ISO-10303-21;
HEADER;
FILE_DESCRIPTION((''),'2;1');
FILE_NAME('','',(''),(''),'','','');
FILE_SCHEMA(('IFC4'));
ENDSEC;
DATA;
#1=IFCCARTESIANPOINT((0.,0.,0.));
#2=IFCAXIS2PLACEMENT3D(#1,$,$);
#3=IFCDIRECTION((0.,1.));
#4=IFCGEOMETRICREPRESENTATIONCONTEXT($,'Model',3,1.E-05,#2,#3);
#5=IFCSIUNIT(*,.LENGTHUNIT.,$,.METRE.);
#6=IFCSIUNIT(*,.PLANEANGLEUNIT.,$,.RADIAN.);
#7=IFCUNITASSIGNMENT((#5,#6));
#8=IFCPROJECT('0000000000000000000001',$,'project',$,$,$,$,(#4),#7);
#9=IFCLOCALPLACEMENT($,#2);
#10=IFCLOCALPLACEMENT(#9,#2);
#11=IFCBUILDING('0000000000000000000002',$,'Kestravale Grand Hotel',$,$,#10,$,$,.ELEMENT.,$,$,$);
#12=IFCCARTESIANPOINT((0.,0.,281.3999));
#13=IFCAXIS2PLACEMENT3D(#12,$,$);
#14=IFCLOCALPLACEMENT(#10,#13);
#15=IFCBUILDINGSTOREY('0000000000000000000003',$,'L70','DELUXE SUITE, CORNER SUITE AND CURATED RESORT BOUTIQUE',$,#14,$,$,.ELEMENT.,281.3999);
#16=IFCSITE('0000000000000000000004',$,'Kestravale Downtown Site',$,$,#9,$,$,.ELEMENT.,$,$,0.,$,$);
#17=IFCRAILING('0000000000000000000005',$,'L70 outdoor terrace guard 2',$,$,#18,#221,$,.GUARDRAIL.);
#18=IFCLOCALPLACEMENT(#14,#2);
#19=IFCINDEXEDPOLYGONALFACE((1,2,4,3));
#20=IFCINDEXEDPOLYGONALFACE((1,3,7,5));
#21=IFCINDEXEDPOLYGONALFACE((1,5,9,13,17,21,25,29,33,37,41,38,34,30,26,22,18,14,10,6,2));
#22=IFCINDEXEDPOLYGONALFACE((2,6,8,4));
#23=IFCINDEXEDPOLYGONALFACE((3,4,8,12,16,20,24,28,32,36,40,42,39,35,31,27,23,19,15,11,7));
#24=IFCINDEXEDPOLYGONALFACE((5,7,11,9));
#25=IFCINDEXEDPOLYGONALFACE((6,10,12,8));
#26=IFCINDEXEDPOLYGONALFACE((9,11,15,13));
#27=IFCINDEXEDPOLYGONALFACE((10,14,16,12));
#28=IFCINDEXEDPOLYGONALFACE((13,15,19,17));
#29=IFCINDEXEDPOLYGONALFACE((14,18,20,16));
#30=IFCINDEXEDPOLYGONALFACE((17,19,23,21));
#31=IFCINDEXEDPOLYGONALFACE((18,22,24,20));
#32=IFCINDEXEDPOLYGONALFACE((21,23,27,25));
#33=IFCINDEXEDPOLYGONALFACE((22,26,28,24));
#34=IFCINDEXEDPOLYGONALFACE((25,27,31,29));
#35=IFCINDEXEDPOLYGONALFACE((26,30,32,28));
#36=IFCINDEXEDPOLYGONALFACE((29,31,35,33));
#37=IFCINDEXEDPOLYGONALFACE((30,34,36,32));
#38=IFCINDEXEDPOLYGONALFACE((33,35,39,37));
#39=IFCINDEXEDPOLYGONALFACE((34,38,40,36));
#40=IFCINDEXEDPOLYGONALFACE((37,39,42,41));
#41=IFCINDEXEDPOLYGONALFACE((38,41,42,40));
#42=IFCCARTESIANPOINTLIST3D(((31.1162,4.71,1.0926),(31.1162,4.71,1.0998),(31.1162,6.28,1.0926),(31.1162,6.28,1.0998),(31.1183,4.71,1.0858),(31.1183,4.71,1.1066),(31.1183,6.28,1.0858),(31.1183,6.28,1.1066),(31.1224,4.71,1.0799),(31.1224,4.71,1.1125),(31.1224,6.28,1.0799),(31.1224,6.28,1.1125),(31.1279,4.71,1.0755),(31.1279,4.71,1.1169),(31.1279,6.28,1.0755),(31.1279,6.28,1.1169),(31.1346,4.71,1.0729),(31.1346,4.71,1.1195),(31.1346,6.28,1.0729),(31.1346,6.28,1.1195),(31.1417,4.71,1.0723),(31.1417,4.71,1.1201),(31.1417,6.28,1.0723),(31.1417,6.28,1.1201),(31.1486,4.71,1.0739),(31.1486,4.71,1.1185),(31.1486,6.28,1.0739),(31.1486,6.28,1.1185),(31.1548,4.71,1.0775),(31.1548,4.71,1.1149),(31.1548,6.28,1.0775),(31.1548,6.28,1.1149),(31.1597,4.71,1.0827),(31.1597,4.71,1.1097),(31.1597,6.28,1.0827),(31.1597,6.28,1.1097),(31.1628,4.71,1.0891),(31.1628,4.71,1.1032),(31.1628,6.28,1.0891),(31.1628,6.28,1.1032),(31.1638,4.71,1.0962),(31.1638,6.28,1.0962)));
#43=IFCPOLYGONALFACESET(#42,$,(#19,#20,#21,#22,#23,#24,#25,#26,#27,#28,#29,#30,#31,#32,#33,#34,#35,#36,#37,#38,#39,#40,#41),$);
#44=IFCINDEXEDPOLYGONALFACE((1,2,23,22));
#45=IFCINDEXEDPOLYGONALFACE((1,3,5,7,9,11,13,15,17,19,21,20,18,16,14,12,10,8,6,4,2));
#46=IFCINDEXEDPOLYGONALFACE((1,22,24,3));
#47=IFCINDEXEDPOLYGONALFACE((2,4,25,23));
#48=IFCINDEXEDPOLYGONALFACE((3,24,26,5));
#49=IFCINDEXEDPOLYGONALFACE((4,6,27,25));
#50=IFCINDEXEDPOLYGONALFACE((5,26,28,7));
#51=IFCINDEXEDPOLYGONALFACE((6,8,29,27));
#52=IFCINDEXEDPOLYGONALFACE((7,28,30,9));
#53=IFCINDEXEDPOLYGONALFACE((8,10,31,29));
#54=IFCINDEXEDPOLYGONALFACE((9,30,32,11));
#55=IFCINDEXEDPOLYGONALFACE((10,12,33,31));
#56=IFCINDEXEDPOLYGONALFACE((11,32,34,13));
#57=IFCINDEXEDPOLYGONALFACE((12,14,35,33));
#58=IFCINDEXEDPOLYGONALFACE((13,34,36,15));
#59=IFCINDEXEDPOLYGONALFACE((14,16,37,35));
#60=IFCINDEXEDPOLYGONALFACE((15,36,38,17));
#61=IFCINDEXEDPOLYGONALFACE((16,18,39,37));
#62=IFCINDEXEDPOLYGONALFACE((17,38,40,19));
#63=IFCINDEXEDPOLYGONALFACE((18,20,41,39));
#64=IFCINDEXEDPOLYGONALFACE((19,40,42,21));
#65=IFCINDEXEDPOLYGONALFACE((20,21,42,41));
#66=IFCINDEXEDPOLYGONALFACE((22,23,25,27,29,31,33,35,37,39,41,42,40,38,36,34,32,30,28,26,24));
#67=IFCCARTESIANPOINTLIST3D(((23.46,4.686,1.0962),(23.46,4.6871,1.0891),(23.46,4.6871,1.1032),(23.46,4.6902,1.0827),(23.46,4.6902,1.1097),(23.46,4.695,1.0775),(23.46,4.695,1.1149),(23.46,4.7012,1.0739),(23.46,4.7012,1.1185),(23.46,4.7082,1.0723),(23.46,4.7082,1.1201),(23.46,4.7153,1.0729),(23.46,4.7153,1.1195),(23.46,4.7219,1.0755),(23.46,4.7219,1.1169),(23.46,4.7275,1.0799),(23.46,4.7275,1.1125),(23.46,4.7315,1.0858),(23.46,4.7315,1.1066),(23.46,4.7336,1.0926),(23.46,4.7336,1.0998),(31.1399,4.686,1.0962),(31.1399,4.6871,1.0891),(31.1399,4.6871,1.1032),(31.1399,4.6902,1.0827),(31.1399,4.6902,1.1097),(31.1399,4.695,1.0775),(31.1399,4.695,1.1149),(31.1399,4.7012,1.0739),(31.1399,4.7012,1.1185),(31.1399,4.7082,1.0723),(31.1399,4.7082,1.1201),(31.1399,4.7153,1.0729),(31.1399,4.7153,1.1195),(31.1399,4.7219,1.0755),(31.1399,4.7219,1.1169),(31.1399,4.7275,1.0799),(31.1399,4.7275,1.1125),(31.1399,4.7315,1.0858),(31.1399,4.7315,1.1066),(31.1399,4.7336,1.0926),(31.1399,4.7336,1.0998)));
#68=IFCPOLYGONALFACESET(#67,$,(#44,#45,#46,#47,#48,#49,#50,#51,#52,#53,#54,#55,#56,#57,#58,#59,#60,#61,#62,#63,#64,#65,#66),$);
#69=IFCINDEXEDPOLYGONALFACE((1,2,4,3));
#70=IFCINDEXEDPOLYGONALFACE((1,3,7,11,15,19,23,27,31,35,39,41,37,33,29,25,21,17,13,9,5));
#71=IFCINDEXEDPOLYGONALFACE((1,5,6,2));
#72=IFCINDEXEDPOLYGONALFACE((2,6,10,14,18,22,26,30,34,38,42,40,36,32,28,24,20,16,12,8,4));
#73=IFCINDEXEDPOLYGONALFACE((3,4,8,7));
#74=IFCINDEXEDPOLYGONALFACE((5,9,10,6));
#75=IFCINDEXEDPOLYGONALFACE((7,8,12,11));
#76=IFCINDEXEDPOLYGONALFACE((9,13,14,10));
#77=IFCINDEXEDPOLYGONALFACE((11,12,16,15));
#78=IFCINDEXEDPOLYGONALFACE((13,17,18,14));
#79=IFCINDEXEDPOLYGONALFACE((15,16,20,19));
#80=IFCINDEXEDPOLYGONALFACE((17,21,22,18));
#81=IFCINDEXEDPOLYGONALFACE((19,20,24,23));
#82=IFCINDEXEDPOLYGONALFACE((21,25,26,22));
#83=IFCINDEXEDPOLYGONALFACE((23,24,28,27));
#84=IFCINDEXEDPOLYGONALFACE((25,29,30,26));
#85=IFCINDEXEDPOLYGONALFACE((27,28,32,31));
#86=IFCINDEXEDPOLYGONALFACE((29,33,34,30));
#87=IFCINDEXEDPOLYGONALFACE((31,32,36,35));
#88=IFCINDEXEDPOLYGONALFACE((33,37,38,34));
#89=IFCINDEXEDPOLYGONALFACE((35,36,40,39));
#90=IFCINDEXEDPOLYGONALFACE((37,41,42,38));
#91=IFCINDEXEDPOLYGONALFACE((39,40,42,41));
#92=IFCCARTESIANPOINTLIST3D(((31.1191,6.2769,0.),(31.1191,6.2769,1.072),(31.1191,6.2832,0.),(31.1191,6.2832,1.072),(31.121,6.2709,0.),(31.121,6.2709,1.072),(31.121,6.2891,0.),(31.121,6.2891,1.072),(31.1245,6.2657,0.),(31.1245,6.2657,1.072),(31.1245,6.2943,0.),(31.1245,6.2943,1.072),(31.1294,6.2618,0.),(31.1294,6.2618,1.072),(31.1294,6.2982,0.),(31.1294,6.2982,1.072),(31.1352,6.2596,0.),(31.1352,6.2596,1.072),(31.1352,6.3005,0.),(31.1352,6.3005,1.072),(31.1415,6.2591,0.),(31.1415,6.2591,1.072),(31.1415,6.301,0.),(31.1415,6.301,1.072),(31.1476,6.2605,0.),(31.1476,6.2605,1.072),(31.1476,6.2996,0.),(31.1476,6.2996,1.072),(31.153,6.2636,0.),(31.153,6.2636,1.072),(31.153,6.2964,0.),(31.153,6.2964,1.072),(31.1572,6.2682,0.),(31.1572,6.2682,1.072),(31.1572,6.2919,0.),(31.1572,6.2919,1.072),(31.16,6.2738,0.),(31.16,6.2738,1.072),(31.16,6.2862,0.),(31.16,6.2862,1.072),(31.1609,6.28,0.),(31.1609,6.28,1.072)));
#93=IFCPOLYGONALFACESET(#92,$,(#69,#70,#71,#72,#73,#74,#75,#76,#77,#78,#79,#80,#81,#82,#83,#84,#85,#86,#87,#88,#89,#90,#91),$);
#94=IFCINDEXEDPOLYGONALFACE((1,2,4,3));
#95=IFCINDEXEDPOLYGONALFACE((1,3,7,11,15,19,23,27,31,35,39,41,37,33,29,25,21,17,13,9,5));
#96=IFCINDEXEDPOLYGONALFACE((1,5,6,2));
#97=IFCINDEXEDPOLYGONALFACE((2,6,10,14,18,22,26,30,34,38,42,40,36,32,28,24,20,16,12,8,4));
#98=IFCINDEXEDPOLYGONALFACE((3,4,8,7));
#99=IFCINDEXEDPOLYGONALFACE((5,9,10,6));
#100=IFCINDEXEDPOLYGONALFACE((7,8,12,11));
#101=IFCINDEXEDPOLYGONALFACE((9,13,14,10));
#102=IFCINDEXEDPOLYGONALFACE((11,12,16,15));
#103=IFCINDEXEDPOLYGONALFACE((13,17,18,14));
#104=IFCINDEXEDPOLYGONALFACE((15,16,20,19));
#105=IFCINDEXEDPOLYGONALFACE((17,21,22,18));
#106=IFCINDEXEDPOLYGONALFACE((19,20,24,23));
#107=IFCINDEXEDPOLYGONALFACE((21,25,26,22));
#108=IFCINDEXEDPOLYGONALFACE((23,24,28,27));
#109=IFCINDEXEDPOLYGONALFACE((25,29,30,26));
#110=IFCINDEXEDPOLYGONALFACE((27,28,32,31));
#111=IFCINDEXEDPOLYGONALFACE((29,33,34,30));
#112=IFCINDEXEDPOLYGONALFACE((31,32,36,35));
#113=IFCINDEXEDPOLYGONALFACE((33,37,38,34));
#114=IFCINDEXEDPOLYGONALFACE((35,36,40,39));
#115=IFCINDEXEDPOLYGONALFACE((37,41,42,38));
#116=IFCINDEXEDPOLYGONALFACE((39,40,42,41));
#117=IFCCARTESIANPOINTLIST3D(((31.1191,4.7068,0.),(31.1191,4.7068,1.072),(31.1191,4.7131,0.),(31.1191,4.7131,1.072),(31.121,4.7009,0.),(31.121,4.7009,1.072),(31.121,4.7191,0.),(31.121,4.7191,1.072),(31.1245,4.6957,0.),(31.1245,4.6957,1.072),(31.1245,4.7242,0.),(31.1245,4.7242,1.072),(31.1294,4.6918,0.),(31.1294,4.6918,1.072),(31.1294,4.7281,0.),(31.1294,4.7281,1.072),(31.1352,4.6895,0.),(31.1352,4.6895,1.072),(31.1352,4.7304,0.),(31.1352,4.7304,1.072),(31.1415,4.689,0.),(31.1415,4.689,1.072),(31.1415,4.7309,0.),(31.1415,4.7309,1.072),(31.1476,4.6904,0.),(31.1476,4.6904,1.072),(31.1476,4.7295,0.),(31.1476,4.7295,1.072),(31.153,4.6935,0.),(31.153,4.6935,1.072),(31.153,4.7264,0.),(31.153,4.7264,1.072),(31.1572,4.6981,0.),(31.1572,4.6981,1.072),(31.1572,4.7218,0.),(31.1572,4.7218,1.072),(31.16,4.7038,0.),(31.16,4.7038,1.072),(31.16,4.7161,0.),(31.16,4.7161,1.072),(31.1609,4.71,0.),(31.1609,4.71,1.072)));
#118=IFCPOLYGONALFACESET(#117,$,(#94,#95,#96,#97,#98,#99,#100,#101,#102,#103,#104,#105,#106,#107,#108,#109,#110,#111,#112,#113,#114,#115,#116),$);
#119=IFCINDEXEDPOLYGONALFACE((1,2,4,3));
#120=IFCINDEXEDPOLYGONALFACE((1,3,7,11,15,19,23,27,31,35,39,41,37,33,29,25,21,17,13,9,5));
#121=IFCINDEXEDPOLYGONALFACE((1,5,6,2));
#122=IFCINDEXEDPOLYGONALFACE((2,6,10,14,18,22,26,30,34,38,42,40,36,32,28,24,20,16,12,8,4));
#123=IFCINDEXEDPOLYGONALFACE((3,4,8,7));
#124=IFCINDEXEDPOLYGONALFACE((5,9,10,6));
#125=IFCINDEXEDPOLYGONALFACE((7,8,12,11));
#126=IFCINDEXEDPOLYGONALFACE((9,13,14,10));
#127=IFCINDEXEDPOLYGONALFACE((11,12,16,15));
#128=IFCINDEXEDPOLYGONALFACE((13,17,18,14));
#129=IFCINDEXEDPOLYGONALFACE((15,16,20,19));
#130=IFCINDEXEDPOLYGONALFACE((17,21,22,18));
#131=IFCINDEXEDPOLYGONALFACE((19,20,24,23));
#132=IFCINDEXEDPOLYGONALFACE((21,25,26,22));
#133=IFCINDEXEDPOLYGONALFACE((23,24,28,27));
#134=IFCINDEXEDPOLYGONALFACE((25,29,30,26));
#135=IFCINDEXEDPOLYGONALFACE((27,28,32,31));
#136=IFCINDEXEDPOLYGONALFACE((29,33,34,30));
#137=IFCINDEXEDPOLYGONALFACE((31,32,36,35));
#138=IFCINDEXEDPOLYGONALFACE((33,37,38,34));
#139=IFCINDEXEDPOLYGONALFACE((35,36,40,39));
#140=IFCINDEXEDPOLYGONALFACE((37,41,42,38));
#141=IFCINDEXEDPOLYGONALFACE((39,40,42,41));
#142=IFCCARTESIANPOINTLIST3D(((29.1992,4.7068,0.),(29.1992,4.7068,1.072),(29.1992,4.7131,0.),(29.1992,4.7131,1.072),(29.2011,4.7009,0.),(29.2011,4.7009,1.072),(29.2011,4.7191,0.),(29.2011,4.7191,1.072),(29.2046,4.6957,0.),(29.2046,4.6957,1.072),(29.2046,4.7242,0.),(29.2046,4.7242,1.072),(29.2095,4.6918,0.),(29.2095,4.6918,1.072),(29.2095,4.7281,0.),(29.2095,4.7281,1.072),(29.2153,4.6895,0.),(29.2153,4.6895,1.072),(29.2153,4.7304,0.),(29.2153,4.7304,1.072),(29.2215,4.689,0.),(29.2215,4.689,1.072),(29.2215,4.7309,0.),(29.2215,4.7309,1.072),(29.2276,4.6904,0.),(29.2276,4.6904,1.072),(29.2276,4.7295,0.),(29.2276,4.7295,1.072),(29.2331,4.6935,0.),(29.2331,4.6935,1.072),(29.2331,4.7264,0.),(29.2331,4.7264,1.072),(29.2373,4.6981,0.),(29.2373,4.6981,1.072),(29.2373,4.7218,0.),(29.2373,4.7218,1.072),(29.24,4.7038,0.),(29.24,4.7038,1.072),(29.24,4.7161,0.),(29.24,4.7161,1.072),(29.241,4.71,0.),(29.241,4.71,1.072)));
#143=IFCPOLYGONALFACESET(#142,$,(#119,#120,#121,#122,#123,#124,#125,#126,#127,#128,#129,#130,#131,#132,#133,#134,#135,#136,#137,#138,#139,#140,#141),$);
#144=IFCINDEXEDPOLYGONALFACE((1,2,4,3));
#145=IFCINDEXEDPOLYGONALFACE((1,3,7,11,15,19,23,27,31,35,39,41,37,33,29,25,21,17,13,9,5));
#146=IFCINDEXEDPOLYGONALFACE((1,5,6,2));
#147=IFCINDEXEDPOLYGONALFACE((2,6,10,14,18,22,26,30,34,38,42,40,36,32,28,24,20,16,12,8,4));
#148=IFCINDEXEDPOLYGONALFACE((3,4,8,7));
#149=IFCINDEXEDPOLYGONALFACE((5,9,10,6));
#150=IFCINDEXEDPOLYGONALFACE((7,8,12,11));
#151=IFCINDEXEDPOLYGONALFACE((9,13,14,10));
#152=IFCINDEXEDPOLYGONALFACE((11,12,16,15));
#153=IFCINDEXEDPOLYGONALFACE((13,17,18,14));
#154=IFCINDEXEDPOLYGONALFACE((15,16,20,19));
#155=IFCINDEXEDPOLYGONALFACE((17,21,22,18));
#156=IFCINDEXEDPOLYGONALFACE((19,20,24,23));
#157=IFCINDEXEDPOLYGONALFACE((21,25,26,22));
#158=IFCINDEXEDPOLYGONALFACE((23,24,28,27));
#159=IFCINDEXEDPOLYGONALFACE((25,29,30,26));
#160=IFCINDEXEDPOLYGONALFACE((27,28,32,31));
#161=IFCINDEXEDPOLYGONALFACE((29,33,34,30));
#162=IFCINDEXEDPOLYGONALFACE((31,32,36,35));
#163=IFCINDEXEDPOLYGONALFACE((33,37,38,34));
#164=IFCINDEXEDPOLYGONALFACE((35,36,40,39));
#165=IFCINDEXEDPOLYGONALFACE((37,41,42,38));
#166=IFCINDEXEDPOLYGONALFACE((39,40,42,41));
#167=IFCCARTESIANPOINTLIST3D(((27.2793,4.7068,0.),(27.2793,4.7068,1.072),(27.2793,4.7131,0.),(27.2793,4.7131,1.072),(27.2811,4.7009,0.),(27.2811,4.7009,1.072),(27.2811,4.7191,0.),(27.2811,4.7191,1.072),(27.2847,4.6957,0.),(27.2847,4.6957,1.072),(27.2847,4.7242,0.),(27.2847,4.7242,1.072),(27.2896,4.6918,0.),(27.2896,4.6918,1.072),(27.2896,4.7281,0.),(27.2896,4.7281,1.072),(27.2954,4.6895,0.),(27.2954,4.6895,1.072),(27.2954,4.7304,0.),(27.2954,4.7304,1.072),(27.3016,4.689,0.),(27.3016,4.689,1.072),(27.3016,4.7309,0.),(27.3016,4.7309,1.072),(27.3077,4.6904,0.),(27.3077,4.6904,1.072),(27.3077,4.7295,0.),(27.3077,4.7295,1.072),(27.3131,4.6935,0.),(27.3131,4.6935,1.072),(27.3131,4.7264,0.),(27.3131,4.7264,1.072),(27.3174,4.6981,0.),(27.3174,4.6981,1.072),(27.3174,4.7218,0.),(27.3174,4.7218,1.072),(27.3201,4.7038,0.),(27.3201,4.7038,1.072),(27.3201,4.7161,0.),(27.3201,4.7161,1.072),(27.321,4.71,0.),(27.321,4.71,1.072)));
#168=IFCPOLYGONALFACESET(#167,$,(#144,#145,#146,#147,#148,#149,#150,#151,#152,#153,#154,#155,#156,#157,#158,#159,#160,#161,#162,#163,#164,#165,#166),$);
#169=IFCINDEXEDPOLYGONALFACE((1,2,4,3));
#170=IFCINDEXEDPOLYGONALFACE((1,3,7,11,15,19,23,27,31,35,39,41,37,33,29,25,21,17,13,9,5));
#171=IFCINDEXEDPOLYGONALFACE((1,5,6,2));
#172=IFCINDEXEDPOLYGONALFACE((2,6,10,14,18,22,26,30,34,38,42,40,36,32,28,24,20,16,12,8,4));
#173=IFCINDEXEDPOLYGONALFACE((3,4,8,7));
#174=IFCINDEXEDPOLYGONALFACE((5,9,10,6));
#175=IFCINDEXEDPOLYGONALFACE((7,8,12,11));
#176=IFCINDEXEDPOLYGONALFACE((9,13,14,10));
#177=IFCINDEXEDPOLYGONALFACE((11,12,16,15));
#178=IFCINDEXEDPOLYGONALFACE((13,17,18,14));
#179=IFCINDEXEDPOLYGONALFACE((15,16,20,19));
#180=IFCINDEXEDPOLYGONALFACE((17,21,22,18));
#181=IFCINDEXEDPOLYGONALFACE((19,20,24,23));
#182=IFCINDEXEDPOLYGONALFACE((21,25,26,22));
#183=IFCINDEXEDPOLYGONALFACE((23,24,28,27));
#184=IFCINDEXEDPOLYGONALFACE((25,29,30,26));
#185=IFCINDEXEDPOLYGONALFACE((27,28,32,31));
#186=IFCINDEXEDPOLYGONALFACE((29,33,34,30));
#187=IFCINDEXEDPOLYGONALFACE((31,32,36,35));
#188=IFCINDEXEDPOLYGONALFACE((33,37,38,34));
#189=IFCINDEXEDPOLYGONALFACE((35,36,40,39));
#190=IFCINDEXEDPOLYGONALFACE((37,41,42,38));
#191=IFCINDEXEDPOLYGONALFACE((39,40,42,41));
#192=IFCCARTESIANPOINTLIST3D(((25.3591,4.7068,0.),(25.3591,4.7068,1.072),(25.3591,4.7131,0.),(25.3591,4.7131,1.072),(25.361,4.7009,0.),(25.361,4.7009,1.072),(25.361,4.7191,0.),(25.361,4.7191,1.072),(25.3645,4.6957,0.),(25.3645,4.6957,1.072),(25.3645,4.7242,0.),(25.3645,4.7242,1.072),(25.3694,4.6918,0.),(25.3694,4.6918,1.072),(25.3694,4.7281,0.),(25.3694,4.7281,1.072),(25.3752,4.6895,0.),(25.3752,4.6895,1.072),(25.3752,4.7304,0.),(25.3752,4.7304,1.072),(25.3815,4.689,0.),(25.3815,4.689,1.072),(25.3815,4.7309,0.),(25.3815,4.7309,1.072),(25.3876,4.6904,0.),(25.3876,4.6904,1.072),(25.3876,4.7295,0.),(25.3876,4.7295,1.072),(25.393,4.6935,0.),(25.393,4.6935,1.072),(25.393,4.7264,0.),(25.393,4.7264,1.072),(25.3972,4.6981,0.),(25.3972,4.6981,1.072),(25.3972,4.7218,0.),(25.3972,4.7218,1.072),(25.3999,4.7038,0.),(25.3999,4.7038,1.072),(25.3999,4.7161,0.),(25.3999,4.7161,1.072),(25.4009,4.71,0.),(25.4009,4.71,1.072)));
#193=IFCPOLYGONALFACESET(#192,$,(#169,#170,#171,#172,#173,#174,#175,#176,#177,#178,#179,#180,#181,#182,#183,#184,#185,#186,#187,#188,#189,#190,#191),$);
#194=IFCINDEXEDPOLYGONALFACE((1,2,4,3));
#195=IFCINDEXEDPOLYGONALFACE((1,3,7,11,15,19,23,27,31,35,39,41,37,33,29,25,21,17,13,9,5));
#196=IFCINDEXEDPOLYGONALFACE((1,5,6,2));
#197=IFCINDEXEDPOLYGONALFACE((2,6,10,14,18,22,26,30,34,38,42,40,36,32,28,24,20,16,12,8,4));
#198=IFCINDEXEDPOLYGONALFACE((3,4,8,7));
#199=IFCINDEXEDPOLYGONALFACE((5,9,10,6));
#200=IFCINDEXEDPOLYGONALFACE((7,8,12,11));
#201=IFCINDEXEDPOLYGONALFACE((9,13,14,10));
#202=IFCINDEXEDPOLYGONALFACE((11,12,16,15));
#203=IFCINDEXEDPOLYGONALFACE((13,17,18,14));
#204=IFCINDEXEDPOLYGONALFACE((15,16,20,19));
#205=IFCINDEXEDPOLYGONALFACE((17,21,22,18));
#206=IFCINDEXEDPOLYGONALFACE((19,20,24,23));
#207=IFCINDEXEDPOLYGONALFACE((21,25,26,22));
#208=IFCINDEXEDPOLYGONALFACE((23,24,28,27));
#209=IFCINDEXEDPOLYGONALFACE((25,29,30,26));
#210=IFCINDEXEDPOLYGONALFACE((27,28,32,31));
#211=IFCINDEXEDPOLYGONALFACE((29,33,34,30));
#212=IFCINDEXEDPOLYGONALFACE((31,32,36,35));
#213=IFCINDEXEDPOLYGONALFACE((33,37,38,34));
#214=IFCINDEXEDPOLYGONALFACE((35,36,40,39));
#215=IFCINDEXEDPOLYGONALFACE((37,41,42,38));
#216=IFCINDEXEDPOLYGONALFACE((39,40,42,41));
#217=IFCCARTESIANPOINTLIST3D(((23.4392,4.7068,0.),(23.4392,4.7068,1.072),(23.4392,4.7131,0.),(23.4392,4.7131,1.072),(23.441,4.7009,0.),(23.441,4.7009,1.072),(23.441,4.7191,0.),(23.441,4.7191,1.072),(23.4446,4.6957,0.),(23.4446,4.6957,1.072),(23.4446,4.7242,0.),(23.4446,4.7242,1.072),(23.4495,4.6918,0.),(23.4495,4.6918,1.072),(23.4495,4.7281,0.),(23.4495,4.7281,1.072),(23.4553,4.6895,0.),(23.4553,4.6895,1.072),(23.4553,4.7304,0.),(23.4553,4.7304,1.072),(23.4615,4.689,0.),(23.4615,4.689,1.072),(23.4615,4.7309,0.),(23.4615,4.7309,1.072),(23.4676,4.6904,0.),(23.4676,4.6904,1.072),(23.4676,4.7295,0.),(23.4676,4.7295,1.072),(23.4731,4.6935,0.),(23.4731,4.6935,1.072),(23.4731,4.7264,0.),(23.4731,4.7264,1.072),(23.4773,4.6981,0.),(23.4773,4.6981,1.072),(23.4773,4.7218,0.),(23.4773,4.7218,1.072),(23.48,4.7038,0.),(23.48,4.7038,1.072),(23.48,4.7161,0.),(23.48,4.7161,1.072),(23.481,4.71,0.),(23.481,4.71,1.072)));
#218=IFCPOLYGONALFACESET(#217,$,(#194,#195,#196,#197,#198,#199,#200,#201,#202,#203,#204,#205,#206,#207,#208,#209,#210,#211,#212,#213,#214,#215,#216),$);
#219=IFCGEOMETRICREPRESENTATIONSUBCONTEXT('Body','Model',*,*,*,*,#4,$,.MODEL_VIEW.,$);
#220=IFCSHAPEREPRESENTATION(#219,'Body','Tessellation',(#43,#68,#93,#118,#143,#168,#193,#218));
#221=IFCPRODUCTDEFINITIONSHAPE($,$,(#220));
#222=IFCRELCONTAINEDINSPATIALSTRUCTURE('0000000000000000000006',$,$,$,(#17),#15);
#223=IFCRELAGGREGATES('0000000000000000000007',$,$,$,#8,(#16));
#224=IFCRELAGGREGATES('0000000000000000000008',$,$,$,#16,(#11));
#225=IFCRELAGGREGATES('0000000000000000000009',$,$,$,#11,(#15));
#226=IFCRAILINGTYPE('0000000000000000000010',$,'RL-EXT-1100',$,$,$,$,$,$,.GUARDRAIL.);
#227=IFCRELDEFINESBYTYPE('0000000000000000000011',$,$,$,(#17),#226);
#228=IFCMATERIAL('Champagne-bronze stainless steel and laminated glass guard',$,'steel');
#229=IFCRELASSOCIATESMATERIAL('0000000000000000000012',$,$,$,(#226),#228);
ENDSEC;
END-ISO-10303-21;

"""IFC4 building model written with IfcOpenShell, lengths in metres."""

from ifc_helpers import new_model, si_unit, direction, frame, origin, origin_2d, place, context, subcontext, project, spatial, circle, extrude, material, type_object, element, save


model = new_model("IFC4")

# Units and contexts
model_context = context("Model", 3, precision=1e-05, world=origin(), true_north=direction((0.0, 1.0)))
body_context = subcontext(model_context, "Body", "Model", "MODEL_VIEW")
ifc_project = project(units=[si_unit("LENGTHUNIT", "METRE"), si_unit("PLANEANGLEUNIT", "RADIAN")], contexts=[model_context])

# Site, building, storey
site_placement = place(None, origin())
site = spatial("IfcSite", under=ifc_project, at=site_placement, Name="Kestravale Downtown Site", CompositionType="ELEMENT", RefElevation=0.0)
building_placement = place(site_placement, origin())
building = spatial("IfcBuilding", under=site, at=building_placement, Name="Kestravale Grand Hotel", CompositionType="ELEMENT")
storey_placement = place(building_placement, frame((0.0, 0.0, 281.3999)))
storey = spatial("IfcBuildingStorey", under=building, at=storey_placement, Name="L70", Description="DELUXE SUITE, CORNER SUITE AND CURATED RESORT BOUTIQUE", CompositionType="ELEMENT", Elevation=281.3999)

# Railing
ifc_material_1 = material(Name="Champagne-bronze stainless steel and laminated glass guard", Category="steel")
railing_type = type_object("IfcRailingType", Name="RL-EXT-1100", PredefinedType="GUARDRAIL", material=ifc_material_1)
railing_1_placement = place(storey_placement, frame((31.1399, 6.28, 0.0)))
element("IfcRailing", 1, at=railing_1_placement, inside=storey, type_object=railing_type, Name="L70 outdoor terrace guard 2", PredefinedType="GUARDRAIL", context=body_context, shape_type="SweptSolid", body=[
    extrude(circle(Radius=0.0239, at=origin_2d()), frame((0.0, 0.0, 1.0962), z_axis=(0.0, -1.0, 0.0), x_axis=(1.0, 0.0, 0.0)), (0.0, 0.0, 1.0), 1.5701),
    extrude(circle(Radius=0.0239, at=origin_2d()), frame((0.0, -1.5701, 1.0962), z_axis=(-1.0, 0.0, 0.0), x_axis=(0.0, -1.0, 0.0)), (0.0, 0.0, 1.0), 7.6799),
    extrude(circle(Radius=0.021, at=origin_2d()), origin(), (0.0, 0.0, 1.0), 1.072),
    extrude(circle(Radius=0.021, at=origin_2d()), frame((0.0, -1.5701, 0.0)), (0.0, 0.0, 1.0), 1.072),
    extrude(circle(Radius=0.021, at=origin_2d()), frame((-1.9199, -1.5701, 0.0)), (0.0, 0.0, 1.0), 1.072),
    extrude(circle(Radius=0.021, at=origin_2d()), frame((-3.8398, -1.5701, 0.0)), (0.0, 0.0, 1.0), 1.072),
    extrude(circle(Radius=0.021, at=origin_2d()), frame((-5.76, -1.5701, 0.0)), (0.0, 0.0, 1.0), 1.072),
    extrude(circle(Radius=0.021, at=origin_2d()), frame((-7.6799, -1.5701, 0.0)), (0.0, 0.0, 1.0), 1.072),
])

save(model, "model.ifc")
